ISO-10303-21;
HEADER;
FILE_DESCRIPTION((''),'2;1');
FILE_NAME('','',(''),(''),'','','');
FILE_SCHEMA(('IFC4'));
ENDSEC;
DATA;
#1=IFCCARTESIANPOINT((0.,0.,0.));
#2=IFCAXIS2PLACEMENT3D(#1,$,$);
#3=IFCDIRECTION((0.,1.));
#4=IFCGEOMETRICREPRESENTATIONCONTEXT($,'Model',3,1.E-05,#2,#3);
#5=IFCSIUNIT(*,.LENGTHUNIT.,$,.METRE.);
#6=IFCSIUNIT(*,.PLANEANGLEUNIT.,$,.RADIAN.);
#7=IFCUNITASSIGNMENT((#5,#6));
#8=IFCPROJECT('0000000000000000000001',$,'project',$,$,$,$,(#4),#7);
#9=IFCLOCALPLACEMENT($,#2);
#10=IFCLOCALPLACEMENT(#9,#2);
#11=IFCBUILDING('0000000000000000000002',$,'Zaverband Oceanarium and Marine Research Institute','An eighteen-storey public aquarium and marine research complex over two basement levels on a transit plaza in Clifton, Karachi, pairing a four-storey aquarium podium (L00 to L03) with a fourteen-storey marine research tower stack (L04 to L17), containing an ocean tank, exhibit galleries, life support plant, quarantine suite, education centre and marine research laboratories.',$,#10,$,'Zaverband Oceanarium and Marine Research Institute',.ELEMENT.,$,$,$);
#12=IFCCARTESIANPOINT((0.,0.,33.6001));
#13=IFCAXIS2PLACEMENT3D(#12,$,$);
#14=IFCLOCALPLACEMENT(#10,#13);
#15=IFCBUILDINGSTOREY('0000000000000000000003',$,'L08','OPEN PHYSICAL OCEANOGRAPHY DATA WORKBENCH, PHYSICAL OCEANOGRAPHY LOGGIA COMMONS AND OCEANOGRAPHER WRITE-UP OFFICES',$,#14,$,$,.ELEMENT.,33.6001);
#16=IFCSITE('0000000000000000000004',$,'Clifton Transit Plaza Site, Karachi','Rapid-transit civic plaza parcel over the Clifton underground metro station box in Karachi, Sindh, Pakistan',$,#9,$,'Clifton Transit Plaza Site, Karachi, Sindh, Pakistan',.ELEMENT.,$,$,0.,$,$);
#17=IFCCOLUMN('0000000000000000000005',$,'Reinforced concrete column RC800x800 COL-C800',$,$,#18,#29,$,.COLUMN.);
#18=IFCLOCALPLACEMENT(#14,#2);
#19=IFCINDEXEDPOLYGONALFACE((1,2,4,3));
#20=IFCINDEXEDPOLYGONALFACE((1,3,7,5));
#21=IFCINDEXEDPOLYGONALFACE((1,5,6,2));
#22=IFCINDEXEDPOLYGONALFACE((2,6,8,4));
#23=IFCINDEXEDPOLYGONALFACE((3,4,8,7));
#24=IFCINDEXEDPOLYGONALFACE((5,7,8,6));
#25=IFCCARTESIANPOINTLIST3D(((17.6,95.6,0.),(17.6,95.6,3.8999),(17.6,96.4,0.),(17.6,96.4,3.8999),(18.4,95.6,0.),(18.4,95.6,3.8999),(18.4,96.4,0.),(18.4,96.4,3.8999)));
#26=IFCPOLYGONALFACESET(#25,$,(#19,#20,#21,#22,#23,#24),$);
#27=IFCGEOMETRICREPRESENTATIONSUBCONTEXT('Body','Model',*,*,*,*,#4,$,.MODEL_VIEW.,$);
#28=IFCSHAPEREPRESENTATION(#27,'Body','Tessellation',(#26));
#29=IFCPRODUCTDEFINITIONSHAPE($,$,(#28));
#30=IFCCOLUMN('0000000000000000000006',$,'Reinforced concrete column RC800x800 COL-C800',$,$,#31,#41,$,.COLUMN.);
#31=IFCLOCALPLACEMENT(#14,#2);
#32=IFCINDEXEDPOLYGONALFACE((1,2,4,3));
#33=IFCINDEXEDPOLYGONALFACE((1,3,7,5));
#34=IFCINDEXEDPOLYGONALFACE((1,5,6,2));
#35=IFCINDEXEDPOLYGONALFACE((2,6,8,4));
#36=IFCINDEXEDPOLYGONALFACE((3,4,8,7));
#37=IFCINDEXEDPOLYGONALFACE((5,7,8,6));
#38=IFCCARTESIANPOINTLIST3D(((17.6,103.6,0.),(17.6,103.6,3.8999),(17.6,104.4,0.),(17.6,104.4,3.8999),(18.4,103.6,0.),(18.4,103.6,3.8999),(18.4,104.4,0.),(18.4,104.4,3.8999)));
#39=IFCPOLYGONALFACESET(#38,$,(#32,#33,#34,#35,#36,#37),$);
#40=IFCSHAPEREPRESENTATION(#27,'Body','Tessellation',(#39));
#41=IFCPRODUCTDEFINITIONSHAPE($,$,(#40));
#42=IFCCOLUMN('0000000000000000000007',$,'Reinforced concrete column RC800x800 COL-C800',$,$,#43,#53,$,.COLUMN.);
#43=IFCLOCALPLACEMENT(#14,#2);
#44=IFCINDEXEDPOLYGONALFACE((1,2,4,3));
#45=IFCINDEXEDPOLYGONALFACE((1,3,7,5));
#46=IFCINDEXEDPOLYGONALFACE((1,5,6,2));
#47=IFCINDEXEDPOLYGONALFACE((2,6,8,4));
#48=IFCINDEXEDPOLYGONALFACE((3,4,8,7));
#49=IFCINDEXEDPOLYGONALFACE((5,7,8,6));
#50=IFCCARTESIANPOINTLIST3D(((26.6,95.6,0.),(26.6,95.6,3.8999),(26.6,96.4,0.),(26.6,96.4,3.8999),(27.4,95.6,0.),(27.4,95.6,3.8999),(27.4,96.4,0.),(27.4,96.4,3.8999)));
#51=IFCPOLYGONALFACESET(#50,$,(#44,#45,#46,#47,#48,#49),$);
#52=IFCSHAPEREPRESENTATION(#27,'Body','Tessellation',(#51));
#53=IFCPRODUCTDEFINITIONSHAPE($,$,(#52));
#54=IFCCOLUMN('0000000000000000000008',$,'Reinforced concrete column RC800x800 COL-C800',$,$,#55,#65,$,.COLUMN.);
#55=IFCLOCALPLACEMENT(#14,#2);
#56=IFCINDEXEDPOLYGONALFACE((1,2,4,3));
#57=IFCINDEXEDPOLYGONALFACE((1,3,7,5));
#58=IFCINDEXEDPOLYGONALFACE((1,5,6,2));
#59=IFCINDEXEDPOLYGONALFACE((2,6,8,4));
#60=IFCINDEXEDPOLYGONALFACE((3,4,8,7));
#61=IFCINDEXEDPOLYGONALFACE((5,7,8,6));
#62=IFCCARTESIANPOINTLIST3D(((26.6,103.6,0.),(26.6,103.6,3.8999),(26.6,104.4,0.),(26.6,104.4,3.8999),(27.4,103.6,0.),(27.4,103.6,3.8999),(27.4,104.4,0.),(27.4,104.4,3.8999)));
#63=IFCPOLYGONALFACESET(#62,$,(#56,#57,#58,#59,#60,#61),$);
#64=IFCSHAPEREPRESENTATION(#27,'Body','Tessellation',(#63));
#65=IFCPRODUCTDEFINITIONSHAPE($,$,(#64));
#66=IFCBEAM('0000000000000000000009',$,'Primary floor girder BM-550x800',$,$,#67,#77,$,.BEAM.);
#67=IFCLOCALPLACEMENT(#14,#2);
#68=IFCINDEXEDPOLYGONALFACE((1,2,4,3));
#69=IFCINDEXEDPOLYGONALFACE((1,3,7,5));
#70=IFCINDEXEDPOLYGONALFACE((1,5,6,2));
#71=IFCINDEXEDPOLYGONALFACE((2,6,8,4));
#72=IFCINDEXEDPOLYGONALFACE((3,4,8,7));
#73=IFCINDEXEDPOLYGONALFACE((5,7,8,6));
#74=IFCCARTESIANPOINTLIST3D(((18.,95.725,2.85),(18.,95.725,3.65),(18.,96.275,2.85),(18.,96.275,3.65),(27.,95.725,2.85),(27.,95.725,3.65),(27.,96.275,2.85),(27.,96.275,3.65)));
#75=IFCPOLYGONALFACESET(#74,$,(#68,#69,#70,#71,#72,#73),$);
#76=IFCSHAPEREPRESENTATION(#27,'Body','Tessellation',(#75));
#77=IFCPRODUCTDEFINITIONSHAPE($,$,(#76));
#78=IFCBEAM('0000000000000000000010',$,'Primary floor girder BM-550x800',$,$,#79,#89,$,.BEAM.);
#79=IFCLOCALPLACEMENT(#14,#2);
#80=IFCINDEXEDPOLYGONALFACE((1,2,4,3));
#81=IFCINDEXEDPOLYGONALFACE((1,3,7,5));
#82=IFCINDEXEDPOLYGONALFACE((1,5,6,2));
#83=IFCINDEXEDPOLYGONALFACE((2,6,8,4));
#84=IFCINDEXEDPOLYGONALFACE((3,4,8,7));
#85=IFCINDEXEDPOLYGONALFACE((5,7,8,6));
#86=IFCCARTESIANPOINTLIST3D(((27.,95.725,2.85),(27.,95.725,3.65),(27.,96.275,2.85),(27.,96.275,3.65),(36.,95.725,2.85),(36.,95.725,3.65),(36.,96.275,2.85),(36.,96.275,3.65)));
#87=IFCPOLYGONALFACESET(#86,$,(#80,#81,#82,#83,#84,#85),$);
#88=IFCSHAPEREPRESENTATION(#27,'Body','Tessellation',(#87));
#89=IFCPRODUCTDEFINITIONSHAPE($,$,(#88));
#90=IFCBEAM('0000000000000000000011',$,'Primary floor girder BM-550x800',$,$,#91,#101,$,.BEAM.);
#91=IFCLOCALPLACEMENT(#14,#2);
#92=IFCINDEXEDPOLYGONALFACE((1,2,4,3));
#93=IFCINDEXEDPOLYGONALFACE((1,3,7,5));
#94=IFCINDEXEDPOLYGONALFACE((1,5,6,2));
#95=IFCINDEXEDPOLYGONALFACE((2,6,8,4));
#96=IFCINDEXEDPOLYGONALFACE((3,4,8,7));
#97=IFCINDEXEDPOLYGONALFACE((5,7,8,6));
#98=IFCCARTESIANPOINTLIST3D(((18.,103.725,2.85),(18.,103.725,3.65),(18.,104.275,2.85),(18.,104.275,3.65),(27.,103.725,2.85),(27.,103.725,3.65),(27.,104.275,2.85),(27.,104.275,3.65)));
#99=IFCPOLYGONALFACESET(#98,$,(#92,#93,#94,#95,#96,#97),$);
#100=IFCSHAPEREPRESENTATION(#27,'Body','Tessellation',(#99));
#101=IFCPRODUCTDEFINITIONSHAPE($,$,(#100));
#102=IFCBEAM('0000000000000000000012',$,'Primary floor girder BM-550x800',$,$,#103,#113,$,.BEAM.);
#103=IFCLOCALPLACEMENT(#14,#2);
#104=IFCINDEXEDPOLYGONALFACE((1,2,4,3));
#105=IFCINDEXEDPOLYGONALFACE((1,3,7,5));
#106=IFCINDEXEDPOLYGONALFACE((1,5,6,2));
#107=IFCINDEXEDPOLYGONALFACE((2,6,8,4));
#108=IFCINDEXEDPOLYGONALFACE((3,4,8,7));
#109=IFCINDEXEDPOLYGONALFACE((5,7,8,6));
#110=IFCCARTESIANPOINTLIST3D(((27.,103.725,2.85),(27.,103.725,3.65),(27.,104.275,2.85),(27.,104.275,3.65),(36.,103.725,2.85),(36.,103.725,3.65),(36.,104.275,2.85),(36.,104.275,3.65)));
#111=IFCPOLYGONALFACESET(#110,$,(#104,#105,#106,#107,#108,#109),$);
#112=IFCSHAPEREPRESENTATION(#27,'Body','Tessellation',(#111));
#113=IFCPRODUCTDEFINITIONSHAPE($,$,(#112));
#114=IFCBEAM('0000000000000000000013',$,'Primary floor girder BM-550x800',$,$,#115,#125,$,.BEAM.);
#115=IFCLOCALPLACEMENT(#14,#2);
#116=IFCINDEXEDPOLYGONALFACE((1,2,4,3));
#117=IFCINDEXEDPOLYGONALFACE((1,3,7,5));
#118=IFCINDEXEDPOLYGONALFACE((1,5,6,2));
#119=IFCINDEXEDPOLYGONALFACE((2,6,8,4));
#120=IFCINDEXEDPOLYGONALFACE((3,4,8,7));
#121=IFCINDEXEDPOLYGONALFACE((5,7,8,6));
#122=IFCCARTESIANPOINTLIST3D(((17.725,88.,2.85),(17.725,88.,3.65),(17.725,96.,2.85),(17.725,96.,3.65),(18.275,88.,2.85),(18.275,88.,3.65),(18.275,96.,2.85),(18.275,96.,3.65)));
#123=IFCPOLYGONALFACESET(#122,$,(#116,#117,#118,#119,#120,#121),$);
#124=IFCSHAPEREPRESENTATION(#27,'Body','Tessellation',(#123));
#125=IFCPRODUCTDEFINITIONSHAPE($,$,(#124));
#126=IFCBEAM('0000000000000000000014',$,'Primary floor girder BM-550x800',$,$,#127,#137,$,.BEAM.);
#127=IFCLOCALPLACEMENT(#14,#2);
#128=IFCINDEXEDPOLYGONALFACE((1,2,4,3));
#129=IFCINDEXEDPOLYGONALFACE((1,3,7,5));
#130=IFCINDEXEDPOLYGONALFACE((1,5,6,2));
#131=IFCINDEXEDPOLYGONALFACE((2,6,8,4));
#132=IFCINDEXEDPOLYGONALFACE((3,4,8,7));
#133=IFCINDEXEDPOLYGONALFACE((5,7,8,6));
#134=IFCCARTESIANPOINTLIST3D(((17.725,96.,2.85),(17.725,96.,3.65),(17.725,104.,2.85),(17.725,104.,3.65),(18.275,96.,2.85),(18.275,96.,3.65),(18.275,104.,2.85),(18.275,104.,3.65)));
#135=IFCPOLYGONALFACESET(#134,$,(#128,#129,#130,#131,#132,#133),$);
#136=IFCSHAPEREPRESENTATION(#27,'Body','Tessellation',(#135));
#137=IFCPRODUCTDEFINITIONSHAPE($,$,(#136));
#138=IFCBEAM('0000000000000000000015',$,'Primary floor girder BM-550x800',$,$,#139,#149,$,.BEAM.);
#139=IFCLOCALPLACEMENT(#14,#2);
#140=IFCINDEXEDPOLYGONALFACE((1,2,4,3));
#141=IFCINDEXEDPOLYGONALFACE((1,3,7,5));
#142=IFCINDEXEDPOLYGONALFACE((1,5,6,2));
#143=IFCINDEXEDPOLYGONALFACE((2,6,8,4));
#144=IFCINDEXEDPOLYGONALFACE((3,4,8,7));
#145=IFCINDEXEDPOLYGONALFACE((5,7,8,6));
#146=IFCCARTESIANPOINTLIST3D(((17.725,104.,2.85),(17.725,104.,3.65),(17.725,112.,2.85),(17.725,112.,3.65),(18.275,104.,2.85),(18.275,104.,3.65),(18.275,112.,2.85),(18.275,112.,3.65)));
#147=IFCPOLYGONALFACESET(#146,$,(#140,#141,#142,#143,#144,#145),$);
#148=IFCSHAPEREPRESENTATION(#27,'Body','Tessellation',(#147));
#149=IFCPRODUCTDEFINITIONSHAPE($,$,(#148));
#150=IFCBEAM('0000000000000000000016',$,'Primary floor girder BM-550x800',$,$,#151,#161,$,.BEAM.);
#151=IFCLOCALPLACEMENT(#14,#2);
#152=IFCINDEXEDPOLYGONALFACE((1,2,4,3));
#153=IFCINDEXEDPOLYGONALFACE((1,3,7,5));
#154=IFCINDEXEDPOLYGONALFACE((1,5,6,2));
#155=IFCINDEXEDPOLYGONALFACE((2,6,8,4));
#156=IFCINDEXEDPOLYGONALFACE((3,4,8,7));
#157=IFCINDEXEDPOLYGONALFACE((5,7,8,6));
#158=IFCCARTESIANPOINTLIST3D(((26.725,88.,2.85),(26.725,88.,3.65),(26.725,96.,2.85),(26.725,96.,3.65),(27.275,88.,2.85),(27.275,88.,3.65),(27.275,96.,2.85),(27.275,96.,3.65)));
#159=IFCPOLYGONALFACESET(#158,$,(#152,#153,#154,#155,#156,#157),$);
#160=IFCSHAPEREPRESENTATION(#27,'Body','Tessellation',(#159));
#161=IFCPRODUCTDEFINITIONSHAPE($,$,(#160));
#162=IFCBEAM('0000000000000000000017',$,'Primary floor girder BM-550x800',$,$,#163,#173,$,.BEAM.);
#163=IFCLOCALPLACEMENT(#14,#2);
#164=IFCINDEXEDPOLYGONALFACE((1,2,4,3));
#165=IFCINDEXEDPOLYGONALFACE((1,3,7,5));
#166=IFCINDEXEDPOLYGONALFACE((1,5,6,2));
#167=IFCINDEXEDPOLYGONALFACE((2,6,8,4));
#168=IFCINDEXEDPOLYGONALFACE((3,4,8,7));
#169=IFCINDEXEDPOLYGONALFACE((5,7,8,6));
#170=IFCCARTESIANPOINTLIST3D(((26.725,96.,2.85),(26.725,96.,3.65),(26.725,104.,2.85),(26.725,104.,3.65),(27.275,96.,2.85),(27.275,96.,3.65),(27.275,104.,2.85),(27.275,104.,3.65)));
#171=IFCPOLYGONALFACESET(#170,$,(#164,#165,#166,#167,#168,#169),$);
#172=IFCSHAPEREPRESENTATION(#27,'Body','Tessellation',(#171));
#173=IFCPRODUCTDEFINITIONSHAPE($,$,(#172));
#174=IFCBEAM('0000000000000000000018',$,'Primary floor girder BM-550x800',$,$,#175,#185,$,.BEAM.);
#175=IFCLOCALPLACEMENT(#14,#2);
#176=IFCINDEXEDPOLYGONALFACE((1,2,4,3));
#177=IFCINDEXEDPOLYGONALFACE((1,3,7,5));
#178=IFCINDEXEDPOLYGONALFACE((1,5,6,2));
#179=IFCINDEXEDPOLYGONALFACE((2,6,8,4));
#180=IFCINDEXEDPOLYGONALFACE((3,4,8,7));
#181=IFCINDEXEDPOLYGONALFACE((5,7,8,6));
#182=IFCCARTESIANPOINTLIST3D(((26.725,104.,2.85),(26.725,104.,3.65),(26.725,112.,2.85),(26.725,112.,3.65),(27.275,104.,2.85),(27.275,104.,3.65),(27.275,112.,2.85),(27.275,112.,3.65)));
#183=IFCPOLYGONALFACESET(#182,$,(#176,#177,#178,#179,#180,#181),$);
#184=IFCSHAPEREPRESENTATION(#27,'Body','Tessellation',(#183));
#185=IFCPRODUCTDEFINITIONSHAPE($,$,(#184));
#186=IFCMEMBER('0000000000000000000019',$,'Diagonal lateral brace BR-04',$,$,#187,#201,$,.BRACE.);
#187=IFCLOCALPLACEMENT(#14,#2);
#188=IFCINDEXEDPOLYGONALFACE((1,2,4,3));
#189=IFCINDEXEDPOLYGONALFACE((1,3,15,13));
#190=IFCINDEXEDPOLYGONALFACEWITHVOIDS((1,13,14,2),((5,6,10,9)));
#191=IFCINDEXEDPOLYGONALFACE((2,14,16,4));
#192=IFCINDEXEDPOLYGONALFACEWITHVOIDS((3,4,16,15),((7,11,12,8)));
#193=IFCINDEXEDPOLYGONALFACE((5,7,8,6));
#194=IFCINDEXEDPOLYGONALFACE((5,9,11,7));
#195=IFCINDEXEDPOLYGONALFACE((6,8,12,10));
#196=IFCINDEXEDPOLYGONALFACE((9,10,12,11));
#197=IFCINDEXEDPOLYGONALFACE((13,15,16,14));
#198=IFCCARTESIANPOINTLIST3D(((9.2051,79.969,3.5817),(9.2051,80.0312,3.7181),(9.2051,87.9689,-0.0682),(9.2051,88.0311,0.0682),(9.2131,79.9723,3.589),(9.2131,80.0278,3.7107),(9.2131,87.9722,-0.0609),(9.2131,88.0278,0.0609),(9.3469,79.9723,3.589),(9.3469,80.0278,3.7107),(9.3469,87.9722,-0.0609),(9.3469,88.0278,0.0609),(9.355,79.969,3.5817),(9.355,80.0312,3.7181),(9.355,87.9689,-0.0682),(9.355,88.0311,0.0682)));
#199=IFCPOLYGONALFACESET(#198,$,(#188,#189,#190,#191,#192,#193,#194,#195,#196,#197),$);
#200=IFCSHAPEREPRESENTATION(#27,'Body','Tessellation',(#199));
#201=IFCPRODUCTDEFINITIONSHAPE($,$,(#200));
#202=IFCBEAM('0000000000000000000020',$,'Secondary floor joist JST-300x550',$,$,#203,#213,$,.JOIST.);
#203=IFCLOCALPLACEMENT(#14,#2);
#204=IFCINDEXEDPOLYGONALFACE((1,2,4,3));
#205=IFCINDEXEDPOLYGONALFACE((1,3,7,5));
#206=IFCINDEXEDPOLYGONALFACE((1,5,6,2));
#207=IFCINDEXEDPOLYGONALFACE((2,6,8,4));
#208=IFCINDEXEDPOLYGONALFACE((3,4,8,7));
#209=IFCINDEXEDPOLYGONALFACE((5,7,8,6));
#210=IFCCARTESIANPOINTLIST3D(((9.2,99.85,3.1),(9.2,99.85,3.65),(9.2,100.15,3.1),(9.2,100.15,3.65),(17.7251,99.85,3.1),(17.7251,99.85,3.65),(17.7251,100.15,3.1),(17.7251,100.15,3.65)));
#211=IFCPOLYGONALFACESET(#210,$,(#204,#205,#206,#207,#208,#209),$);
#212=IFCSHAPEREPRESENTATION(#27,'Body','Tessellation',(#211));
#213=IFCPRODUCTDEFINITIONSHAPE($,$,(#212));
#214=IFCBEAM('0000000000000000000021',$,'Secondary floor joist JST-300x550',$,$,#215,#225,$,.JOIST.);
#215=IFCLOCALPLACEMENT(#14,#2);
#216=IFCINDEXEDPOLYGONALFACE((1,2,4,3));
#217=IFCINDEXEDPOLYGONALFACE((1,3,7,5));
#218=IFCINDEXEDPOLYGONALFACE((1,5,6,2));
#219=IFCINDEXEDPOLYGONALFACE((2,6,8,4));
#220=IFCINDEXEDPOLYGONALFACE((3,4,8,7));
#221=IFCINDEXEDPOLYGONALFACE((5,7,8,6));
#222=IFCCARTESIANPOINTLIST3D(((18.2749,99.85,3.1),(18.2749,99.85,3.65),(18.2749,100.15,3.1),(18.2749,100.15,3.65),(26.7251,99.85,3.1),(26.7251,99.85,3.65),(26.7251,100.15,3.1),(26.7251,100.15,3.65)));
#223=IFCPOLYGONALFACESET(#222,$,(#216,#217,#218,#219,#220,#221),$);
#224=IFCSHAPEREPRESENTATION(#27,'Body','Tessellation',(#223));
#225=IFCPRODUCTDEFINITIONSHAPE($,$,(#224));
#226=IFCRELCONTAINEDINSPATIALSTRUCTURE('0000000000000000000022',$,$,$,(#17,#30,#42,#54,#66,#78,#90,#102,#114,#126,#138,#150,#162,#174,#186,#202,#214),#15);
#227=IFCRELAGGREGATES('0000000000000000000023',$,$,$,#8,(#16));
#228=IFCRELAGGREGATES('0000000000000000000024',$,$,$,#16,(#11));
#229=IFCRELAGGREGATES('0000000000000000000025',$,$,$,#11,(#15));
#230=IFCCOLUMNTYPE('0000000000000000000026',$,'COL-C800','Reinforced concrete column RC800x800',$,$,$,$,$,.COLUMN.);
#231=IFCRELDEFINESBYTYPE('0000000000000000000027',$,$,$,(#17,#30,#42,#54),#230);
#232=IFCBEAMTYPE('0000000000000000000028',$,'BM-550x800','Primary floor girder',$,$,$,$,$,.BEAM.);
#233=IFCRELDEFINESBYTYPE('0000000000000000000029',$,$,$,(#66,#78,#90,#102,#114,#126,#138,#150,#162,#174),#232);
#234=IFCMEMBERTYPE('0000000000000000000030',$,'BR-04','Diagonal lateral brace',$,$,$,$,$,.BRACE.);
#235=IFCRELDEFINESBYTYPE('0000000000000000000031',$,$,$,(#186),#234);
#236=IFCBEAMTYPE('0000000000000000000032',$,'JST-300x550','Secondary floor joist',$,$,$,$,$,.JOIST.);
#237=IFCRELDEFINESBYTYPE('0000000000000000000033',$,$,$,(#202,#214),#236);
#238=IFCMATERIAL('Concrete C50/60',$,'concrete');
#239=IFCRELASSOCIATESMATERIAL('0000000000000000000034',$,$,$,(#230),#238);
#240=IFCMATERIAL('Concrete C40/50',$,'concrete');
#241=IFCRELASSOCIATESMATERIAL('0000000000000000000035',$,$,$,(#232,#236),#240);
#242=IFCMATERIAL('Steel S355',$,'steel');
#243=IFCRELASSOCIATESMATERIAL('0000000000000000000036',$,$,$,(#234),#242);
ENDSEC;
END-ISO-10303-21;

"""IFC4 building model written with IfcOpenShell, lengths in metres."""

from ifc_helpers import new_model, si_unit, direction, frame, origin, origin_2d, place, context, subcontext, project, spatial, rectangle, hollow_rectangle, extrude, material, material_profile, profile_set, type_object, element, save


model = new_model("IFC4")

# Units and contexts
model_context = context("Model", 3, precision=1e-05, world=origin(), true_north=direction((0.0, 1.0)))
body_context = subcontext(model_context, "Body", "Model", "MODEL_VIEW")
ifc_project = project(units=[si_unit("LENGTHUNIT", "METRE"), si_unit("PLANEANGLEUNIT", "RADIAN")], contexts=[model_context])

# Site, building, storey
site_placement = place(None, origin())
site = spatial("IfcSite", under=ifc_project, at=site_placement, Name="Clifton Transit Plaza Site, Karachi", Description="Rapid-transit civic plaza parcel over the Clifton underground metro station box in Karachi, Sindh, Pakistan", LongName="Clifton Transit Plaza Site, Karachi, Sindh, Pakistan", CompositionType="ELEMENT", RefElevation=0.0)
building_placement = place(site_placement, origin())
building = spatial("IfcBuilding", under=site, at=building_placement, Name="Zaverband Oceanarium and Marine Research Institute", Description="An eighteen-storey public aquarium and marine research complex over two basement levels on a transit plaza in Clifton, Karachi, pairing a four-storey aquarium podium (L00 to L03) with a fourteen-storey marine research tower stack (L04 to L17), containing an ocean tank, exhibit galleries, life support plant, quarantine suite, education centre and marine research laboratories.", LongName="Zaverband Oceanarium and Marine Research Institute", CompositionType="ELEMENT")
storey_placement = place(building_placement, frame((0.0, 0.0, 33.6001)))
storey = spatial("IfcBuildingStorey", under=building, at=storey_placement, Name="L08", Description="OPEN PHYSICAL OCEANOGRAPHY DATA WORKBENCH, PHYSICAL OCEANOGRAPHY LOGGIA COMMONS AND OCEANOGRAPHER WRITE-UP OFFICES", CompositionType="ELEMENT", Elevation=33.6001)

# Columns
ifc_material_1 = material(Name="Concrete C50/60", Category="concrete")
ifc_material_profile_1 = material_profile(ifc_material_1, rectangle(XDim=0.8, YDim=0.8, at=origin_2d()), Name="RC800x800")
ifc_profile_set_1 = profile_set([ifc_material_profile_1], Name="Concrete C50/60")
column_type = type_object("IfcColumnType", Name="COL-C800", Description="Reinforced concrete column RC800x800", PredefinedType="COLUMN", material=ifc_profile_set_1)
for number, where, z_axis, x_axis, name in (
    (1, (18.0, 96.0, 0.0), (0.0, 0.0, 1.0), (1.0, 0.0, 0.0), "Reinforced concrete column RC800x800 COL-C800"),
    (2, (18.0, 104.0, 0.0), (0.0, 0.0, 1.0), (1.0, 0.0, 0.0), "Reinforced concrete column RC800x800 COL-C800"),
    (3, (27.0, 96.0, 0.0), (0.0, 0.0, 1.0), (1.0, 0.0, 0.0), "Reinforced concrete column RC800x800 COL-C800"),
    (4, (27.0, 104.0, 0.0), (0.0, 0.0, 1.0), (1.0, 0.0, 0.0), "Reinforced concrete column RC800x800 COL-C800"),
):
    element("IfcColumn", number, at=place(storey_placement, frame(where, z_axis=z_axis, x_axis=x_axis)), inside=storey, type_object=column_type, Name=name, PredefinedType="COLUMN", context=body_context, shape_type="SweptSolid", body=[
        extrude(rectangle(XDim=0.8, YDim=0.8, at=origin_2d()), origin(), (0.0, 0.0, 1.0), 3.8999),
    ])

# Beams
ifc_material_2 = material(Name="Concrete C40/50", Category="concrete")
ifc_material_profile_2 = material_profile(ifc_material_2, rectangle(XDim=0.55, YDim=0.8, at=origin_2d()), Name="RC550x800")
ifc_profile_set_2 = profile_set([ifc_material_profile_2], Name="Concrete C40/50")
beam_type_1 = type_object("IfcBeamType", Name="BM-550x800", Description="Primary floor girder", PredefinedType="BEAM", material=ifc_profile_set_2)
for number, where, z_axis, x_axis, name in (
    (5, (18.0, 96.0, 3.25), (1.0, 0.0, 0.0), (0.0, 1.0, 0.0), "Primary floor girder BM-550x800"),
    (6, (27.0, 96.0, 3.25), (1.0, 0.0, 0.0), (0.0, 1.0, 0.0), "Primary floor girder BM-550x800"),
    (7, (18.0, 104.0, 3.25), (1.0, 0.0, 0.0), (0.0, 1.0, 0.0), "Primary floor girder BM-550x800"),
    (8, (27.0, 104.0, 3.25), (1.0, 0.0, 0.0), (0.0, 1.0, 0.0), "Primary floor girder BM-550x800"),
):
    element("IfcBeam", number, at=place(storey_placement, frame(where, z_axis=z_axis, x_axis=x_axis)), inside=storey, type_object=beam_type_1, Name=name, PredefinedType="BEAM", context=body_context, shape_type="SweptSolid", body=[
        extrude(rectangle(XDim=0.55, YDim=0.8, at=origin_2d()), origin(), (0.0, 0.0, 1.0), 9.0),
    ])
for number, where, z_axis, x_axis, name in (
    (9, (18.0, 88.0, 3.25), (0.0, 1.0, 0.0), (-1.0, 0.0, 0.0), "Primary floor girder BM-550x800"),
    (10, (18.0, 96.0, 3.25), (0.0, 1.0, 0.0), (-1.0, 0.0, 0.0), "Primary floor girder BM-550x800"),
    (11, (18.0, 104.0, 3.25), (0.0, 1.0, 0.0), (-1.0, 0.0, 0.0), "Primary floor girder BM-550x800"),
    (12, (27.0, 88.0, 3.25), (0.0, 1.0, 0.0), (-1.0, 0.0, 0.0), "Primary floor girder BM-550x800"),
    (13, (27.0, 96.0, 3.25), (0.0, 1.0, 0.0), (-1.0, 0.0, 0.0), "Primary floor girder BM-550x800"),
    (14, (27.0, 104.0, 3.25), (0.0, 1.0, 0.0), (-1.0, 0.0, 0.0), "Primary floor girder BM-550x800"),
):
    element("IfcBeam", number, at=place(storey_placement, frame(where, z_axis=z_axis, x_axis=x_axis)), inside=storey, type_object=beam_type_1, Name=name, PredefinedType="BEAM", context=body_context, shape_type="SweptSolid", body=[
        extrude(rectangle(XDim=0.55, YDim=0.8, at=origin_2d()), origin(), (0.0, 0.0, 1.0), 8.0),
    ])

# Member
ifc_material_3 = material(Name="Steel S355", Category="steel")
ifc_material_profile_3 = material_profile(ifc_material_3, hollow_rectangle(XDim=0.1499, YDim=0.1499, WallThickness=0.0081, at=origin_2d()), Name="SHS150x150x8")
ifc_profile_set_3 = profile_set([ifc_material_profile_3], Name="Steel S355")
member_type = type_object("IfcMemberType", Name="BR-04", Description="Diagonal lateral brace", PredefinedType="BRACE", material=ifc_profile_set_3)
member_placement = place(storey_placement, frame((9.28, 88.0, 0.0), z_axis=(0.0, -0.909786, 0.415079), x_axis=(1.0, 0.0, 0.0)))
element("IfcMember", 15, at=member_placement, inside=storey, type_object=member_type, Name="Diagonal lateral brace BR-04", PredefinedType="BRACE", context=body_context, shape_type="SweptSolid", body=[
    extrude(hollow_rectangle(XDim=0.1499, YDim=0.1499, WallThickness=0.0081, at=origin_2d()), origin(), (0.0, 0.0, 1.0), 8.7932),
])

# Beams
ifc_material_profile_4 = material_profile(ifc_material_2, rectangle(XDim=0.3, YDim=0.55, at=origin_2d()), Name="RC300x550")
ifc_profile_set_4 = profile_set([ifc_material_profile_4], Name="Concrete C40/50")
beam_type_2 = type_object("IfcBeamType", Name="JST-300x550", Description="Secondary floor joist", PredefinedType="JOIST", material=ifc_profile_set_4)
beam_placement = place(storey_placement, frame((9.2, 100.0, 3.375), z_axis=(1.0, 0.0, 0.0), x_axis=(0.0, 1.0, 0.0)))
element("IfcBeam", 16, at=beam_placement, inside=storey, type_object=beam_type_2, Name="Secondary floor joist JST-300x550", PredefinedType="JOIST", context=body_context, shape_type="SweptSolid", body=[
    extrude(rectangle(XDim=0.3, YDim=0.55, at=origin_2d()), origin(), (0.0, 0.0, 1.0), 8.5251),
])
for number, where, z_axis, x_axis, name in (
    (17, (18.2749, 100.0, 3.375), (1.0, 0.0, 0.0), (0.0, 1.0, 0.0), "Secondary floor joist JST-300x550"),
):
    element("IfcBeam", number, at=place(storey_placement, frame(where, z_axis=z_axis, x_axis=x_axis)), inside=storey, type_object=beam_type_2, Name=name, PredefinedType="JOIST", context=body_context, shape_type="SweptSolid", body=[
        extrude(rectangle(XDim=0.3, YDim=0.55, at=origin_2d()), origin(), (0.0, 0.0, 1.0), 8.4502),
    ])

save(model, "model.ifc")
